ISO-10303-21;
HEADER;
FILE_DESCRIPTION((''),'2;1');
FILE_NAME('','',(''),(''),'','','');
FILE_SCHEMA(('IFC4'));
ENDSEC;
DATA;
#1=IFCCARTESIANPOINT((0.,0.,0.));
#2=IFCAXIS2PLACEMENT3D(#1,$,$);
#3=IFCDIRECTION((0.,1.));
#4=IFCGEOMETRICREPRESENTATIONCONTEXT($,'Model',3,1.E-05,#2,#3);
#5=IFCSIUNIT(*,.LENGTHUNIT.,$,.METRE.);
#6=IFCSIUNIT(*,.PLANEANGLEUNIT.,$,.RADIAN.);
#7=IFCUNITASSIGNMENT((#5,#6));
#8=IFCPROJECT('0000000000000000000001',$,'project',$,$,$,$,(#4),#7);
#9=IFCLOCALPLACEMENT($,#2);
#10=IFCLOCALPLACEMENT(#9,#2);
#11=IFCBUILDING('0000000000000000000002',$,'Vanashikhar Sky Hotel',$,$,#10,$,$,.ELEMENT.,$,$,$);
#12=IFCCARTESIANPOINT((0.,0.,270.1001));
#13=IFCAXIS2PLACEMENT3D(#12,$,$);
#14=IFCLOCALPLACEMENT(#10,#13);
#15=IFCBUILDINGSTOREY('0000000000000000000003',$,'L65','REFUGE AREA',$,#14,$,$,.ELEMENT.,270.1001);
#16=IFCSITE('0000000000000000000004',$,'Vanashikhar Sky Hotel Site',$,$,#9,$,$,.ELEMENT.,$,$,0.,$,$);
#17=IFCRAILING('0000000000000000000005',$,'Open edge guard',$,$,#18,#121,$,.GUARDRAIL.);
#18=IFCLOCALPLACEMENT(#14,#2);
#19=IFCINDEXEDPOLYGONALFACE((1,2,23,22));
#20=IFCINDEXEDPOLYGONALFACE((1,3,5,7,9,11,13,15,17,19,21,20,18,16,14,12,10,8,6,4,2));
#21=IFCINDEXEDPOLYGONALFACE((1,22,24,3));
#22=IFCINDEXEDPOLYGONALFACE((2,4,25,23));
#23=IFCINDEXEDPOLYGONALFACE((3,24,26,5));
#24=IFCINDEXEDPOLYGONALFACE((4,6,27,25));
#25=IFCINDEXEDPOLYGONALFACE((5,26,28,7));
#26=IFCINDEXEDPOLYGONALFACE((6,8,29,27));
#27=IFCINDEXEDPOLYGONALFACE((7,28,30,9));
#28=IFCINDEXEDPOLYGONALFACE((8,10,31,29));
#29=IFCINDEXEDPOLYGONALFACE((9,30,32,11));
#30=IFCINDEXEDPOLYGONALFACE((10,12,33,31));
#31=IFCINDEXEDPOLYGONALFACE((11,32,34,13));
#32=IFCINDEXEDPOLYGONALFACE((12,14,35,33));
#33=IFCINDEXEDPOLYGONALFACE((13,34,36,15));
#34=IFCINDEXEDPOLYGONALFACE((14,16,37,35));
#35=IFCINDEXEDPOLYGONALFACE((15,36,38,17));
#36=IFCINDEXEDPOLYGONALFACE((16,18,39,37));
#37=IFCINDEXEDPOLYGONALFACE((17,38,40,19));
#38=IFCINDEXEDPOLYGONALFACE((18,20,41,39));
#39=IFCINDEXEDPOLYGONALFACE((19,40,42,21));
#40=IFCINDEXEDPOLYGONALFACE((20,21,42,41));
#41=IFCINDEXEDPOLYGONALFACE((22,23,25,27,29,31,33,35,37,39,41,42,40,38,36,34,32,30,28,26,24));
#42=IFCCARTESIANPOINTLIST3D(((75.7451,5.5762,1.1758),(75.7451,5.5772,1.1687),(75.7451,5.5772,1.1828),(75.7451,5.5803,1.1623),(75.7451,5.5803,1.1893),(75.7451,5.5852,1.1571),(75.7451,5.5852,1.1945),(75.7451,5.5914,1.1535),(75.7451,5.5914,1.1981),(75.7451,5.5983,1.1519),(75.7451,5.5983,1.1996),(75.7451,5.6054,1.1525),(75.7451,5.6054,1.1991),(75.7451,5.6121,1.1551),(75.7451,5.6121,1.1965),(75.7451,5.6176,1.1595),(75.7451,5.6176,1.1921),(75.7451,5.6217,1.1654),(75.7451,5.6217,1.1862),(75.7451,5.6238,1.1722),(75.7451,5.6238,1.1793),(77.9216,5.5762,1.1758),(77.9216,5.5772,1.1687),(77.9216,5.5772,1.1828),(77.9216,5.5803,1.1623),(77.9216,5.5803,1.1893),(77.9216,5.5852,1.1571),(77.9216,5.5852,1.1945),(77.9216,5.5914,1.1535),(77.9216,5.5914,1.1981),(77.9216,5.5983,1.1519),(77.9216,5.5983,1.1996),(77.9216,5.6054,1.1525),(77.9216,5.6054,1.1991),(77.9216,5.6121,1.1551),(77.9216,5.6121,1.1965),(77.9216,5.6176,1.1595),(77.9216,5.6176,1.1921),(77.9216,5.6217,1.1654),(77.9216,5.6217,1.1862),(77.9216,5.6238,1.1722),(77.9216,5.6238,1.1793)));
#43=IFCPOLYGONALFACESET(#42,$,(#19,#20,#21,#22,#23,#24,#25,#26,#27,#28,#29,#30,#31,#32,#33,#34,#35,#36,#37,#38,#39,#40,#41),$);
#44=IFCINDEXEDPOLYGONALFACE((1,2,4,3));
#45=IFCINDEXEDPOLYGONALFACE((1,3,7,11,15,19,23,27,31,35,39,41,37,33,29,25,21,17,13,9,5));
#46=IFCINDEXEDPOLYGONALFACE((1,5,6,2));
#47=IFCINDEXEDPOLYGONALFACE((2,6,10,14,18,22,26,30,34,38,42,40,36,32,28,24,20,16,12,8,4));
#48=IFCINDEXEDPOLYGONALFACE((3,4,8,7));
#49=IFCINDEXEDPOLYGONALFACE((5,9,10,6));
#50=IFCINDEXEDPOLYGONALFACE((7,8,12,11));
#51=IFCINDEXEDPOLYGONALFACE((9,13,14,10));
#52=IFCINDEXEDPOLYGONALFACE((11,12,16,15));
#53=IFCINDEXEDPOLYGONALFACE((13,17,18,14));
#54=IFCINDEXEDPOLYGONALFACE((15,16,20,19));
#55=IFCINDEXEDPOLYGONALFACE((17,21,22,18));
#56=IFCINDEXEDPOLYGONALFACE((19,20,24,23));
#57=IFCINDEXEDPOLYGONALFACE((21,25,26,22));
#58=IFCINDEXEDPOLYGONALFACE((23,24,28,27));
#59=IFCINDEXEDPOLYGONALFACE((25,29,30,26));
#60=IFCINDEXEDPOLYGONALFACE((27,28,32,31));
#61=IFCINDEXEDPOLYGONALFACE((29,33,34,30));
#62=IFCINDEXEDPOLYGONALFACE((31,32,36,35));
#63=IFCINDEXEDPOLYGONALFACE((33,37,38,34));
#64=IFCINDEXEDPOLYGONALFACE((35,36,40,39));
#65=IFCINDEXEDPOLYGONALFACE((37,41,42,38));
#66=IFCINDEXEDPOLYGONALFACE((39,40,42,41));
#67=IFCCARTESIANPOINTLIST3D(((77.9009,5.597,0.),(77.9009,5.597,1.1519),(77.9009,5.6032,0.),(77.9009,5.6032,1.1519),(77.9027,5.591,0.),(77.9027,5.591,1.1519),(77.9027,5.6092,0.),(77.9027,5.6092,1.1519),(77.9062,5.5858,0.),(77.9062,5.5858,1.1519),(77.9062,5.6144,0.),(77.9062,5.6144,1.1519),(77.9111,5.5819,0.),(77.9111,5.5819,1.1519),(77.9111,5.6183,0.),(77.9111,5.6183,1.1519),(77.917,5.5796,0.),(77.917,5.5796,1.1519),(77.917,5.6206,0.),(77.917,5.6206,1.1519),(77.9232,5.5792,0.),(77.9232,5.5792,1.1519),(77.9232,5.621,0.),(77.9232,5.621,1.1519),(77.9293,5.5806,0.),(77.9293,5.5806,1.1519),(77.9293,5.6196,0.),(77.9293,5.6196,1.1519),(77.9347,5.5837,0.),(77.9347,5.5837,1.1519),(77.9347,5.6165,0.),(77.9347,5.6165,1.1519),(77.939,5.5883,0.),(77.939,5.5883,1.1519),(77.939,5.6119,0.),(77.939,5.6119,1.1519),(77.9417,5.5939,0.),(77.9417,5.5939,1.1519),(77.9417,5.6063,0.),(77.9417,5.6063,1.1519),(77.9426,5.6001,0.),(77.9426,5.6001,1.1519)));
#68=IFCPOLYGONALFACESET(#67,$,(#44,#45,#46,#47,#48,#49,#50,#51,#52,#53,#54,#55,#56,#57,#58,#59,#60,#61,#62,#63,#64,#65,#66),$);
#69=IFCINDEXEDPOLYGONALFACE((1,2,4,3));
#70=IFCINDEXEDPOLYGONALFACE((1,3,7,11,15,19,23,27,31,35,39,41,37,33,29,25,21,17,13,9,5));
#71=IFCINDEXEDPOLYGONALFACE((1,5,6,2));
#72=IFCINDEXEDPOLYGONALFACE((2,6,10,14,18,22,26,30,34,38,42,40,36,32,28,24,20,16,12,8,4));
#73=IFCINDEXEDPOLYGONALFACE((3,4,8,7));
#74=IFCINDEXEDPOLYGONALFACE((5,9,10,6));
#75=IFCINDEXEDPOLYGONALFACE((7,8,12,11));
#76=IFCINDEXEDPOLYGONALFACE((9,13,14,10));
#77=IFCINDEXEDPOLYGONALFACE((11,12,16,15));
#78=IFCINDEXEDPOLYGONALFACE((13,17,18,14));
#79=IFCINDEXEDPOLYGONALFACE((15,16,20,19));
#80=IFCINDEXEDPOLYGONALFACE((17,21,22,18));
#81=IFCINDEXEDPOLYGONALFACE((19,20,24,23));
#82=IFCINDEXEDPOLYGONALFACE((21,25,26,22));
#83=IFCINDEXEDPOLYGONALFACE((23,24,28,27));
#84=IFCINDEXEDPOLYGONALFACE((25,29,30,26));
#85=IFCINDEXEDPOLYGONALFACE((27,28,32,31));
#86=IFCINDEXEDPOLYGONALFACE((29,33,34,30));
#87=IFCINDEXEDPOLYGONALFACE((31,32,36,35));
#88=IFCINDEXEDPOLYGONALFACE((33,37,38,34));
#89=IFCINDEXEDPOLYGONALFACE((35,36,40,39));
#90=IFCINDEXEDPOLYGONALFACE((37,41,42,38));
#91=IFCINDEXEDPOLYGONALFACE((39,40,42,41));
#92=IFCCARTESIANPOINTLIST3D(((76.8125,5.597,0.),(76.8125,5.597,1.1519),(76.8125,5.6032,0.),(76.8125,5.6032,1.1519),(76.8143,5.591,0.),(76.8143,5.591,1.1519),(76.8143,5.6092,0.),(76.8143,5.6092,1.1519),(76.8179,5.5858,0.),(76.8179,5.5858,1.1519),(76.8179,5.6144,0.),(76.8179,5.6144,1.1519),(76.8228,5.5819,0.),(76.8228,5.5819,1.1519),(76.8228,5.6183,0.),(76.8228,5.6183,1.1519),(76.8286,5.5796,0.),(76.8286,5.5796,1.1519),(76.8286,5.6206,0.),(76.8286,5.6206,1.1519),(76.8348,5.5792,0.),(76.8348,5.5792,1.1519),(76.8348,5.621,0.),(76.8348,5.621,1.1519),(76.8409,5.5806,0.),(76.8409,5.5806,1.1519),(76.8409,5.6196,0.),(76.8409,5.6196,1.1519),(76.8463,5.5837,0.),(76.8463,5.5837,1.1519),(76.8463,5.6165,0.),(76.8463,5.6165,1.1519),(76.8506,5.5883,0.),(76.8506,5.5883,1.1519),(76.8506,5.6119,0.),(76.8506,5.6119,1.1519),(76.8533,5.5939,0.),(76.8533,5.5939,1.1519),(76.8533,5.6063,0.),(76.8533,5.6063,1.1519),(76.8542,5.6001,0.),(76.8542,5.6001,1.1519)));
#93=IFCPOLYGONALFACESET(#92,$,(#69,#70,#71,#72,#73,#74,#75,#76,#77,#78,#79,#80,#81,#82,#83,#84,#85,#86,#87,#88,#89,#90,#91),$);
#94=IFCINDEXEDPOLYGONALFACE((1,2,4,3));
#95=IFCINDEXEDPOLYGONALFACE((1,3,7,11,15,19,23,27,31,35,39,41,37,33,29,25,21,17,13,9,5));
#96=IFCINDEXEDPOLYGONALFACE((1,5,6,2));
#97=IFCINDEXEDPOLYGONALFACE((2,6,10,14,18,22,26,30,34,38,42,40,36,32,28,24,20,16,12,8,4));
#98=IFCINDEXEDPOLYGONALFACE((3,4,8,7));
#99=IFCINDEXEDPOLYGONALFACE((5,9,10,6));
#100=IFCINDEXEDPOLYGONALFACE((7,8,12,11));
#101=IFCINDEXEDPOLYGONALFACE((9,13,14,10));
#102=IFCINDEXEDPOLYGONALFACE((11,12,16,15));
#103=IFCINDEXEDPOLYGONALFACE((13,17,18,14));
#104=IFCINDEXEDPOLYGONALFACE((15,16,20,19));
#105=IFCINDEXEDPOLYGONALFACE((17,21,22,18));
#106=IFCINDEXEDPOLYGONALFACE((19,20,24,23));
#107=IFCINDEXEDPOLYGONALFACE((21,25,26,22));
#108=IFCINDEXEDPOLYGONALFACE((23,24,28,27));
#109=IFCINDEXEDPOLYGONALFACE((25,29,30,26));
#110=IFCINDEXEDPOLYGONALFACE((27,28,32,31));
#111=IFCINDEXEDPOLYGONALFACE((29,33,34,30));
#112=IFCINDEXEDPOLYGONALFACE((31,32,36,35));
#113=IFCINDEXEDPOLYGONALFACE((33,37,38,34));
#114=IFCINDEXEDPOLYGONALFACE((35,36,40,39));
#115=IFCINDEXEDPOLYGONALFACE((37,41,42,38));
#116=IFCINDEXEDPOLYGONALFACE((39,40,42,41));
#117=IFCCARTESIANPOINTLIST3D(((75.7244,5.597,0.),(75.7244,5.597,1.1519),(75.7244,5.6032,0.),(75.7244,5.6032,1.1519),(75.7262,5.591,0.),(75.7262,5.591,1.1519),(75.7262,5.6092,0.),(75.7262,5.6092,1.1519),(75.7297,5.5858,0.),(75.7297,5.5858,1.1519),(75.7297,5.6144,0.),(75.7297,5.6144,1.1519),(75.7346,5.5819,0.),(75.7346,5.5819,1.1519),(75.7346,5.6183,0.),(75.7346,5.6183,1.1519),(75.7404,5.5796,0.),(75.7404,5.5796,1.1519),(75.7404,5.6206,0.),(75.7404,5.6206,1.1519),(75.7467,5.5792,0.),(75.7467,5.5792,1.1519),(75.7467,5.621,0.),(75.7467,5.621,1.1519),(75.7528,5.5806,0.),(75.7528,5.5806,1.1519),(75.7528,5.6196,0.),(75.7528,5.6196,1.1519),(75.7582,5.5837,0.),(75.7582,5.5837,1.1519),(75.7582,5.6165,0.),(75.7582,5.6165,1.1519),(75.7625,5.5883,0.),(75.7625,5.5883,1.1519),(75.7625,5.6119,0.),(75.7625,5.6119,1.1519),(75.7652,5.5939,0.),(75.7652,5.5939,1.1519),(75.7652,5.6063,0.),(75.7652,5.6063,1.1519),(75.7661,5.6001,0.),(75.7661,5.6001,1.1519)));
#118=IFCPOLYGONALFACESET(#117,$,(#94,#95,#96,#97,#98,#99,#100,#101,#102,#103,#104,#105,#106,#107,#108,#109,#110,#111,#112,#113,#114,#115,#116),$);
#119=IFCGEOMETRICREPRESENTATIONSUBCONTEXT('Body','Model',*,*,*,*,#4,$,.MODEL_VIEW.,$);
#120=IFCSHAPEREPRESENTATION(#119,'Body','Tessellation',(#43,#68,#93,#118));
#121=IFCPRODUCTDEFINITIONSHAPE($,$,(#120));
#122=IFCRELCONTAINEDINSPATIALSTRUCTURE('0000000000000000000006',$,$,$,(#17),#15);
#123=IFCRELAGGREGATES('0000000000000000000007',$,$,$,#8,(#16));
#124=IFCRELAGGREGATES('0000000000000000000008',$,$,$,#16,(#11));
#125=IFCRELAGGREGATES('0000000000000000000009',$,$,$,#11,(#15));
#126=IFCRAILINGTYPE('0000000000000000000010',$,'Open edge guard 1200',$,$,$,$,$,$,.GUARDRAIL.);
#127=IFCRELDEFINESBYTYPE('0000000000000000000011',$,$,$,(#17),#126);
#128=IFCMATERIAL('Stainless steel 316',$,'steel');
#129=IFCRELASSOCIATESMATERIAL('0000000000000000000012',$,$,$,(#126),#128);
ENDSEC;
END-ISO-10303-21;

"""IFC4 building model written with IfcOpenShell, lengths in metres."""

from ifc_helpers import new_model, si_unit, direction, frame, origin, origin_2d, place, context, subcontext, project, spatial, circle, extrude, source, transform, mapped, material, type_object, element, save


model = new_model("IFC4")

# Units and contexts
model_context = context("Model", 3, precision=1e-05, world=origin(), true_north=direction((0.0, 1.0)))
body_context = subcontext(model_context, "Body", "Model", "MODEL_VIEW")
ifc_project = project(units=[si_unit("LENGTHUNIT", "METRE"), si_unit("PLANEANGLEUNIT", "RADIAN")], contexts=[model_context])

# Site, building, storey
site_placement = place(None, origin())
site = spatial("IfcSite", under=ifc_project, at=site_placement, Name="Vanashikhar Sky Hotel Site", CompositionType="ELEMENT", RefElevation=0.0)
building_placement = place(site_placement, origin())
building = spatial("IfcBuilding", under=site, at=building_placement, Name="Vanashikhar Sky Hotel", CompositionType="ELEMENT")
storey_placement = place(building_placement, frame((0.0, 0.0, 270.1001)))
storey = spatial("IfcBuildingStorey", under=building, at=storey_placement, Name="L65", Description="REFUGE AREA", CompositionType="ELEMENT", Elevation=270.1001)

# Railing
ifc_material_1 = material(Name="Stainless steel 316", Category="steel")
railing_type = type_object("IfcRailingType", Name="Open edge guard 1200", PredefinedType="GUARDRAIL", material=ifc_material_1)
shared_shape_1 = source(origin(), body_context, "Body", "SweptSolid", [
    extrude(circle(Radius=0.0239, at=origin_2d()), frame((0.0, 0.0, 1.1758), z_axis=(-1.0, 0.0, 0.0), x_axis=(0.0, -1.0, 0.0)), (0.0, 0.0, 1.0), 2.1765),
    extrude(circle(Radius=0.021, at=origin_2d()), origin(), (0.0, 0.0, 1.0), 1.1519),
    extrude(circle(Radius=0.021, at=origin_2d()), frame((-1.0884, 0.0, 0.0)), (0.0, 0.0, 1.0), 1.1519),
    extrude(circle(Radius=0.021, at=origin_2d()), frame((-2.1765, 0.0, 0.0)), (0.0, 0.0, 1.0), 1.1519),
])
railing_1_placement = place(storey_placement, frame((77.9216, 5.6001, 0.0)))
element("IfcRailing", 1, at=railing_1_placement, inside=storey, type_object=railing_type, Name="Open edge guard", PredefinedType="GUARDRAIL", context=body_context, shape_type="MappedRepresentation", body=[
    mapped(shared_shape_1, transform((0.0, 0.0, 0.0), scale=1.0)),
])

save(model, "model.ifc")
